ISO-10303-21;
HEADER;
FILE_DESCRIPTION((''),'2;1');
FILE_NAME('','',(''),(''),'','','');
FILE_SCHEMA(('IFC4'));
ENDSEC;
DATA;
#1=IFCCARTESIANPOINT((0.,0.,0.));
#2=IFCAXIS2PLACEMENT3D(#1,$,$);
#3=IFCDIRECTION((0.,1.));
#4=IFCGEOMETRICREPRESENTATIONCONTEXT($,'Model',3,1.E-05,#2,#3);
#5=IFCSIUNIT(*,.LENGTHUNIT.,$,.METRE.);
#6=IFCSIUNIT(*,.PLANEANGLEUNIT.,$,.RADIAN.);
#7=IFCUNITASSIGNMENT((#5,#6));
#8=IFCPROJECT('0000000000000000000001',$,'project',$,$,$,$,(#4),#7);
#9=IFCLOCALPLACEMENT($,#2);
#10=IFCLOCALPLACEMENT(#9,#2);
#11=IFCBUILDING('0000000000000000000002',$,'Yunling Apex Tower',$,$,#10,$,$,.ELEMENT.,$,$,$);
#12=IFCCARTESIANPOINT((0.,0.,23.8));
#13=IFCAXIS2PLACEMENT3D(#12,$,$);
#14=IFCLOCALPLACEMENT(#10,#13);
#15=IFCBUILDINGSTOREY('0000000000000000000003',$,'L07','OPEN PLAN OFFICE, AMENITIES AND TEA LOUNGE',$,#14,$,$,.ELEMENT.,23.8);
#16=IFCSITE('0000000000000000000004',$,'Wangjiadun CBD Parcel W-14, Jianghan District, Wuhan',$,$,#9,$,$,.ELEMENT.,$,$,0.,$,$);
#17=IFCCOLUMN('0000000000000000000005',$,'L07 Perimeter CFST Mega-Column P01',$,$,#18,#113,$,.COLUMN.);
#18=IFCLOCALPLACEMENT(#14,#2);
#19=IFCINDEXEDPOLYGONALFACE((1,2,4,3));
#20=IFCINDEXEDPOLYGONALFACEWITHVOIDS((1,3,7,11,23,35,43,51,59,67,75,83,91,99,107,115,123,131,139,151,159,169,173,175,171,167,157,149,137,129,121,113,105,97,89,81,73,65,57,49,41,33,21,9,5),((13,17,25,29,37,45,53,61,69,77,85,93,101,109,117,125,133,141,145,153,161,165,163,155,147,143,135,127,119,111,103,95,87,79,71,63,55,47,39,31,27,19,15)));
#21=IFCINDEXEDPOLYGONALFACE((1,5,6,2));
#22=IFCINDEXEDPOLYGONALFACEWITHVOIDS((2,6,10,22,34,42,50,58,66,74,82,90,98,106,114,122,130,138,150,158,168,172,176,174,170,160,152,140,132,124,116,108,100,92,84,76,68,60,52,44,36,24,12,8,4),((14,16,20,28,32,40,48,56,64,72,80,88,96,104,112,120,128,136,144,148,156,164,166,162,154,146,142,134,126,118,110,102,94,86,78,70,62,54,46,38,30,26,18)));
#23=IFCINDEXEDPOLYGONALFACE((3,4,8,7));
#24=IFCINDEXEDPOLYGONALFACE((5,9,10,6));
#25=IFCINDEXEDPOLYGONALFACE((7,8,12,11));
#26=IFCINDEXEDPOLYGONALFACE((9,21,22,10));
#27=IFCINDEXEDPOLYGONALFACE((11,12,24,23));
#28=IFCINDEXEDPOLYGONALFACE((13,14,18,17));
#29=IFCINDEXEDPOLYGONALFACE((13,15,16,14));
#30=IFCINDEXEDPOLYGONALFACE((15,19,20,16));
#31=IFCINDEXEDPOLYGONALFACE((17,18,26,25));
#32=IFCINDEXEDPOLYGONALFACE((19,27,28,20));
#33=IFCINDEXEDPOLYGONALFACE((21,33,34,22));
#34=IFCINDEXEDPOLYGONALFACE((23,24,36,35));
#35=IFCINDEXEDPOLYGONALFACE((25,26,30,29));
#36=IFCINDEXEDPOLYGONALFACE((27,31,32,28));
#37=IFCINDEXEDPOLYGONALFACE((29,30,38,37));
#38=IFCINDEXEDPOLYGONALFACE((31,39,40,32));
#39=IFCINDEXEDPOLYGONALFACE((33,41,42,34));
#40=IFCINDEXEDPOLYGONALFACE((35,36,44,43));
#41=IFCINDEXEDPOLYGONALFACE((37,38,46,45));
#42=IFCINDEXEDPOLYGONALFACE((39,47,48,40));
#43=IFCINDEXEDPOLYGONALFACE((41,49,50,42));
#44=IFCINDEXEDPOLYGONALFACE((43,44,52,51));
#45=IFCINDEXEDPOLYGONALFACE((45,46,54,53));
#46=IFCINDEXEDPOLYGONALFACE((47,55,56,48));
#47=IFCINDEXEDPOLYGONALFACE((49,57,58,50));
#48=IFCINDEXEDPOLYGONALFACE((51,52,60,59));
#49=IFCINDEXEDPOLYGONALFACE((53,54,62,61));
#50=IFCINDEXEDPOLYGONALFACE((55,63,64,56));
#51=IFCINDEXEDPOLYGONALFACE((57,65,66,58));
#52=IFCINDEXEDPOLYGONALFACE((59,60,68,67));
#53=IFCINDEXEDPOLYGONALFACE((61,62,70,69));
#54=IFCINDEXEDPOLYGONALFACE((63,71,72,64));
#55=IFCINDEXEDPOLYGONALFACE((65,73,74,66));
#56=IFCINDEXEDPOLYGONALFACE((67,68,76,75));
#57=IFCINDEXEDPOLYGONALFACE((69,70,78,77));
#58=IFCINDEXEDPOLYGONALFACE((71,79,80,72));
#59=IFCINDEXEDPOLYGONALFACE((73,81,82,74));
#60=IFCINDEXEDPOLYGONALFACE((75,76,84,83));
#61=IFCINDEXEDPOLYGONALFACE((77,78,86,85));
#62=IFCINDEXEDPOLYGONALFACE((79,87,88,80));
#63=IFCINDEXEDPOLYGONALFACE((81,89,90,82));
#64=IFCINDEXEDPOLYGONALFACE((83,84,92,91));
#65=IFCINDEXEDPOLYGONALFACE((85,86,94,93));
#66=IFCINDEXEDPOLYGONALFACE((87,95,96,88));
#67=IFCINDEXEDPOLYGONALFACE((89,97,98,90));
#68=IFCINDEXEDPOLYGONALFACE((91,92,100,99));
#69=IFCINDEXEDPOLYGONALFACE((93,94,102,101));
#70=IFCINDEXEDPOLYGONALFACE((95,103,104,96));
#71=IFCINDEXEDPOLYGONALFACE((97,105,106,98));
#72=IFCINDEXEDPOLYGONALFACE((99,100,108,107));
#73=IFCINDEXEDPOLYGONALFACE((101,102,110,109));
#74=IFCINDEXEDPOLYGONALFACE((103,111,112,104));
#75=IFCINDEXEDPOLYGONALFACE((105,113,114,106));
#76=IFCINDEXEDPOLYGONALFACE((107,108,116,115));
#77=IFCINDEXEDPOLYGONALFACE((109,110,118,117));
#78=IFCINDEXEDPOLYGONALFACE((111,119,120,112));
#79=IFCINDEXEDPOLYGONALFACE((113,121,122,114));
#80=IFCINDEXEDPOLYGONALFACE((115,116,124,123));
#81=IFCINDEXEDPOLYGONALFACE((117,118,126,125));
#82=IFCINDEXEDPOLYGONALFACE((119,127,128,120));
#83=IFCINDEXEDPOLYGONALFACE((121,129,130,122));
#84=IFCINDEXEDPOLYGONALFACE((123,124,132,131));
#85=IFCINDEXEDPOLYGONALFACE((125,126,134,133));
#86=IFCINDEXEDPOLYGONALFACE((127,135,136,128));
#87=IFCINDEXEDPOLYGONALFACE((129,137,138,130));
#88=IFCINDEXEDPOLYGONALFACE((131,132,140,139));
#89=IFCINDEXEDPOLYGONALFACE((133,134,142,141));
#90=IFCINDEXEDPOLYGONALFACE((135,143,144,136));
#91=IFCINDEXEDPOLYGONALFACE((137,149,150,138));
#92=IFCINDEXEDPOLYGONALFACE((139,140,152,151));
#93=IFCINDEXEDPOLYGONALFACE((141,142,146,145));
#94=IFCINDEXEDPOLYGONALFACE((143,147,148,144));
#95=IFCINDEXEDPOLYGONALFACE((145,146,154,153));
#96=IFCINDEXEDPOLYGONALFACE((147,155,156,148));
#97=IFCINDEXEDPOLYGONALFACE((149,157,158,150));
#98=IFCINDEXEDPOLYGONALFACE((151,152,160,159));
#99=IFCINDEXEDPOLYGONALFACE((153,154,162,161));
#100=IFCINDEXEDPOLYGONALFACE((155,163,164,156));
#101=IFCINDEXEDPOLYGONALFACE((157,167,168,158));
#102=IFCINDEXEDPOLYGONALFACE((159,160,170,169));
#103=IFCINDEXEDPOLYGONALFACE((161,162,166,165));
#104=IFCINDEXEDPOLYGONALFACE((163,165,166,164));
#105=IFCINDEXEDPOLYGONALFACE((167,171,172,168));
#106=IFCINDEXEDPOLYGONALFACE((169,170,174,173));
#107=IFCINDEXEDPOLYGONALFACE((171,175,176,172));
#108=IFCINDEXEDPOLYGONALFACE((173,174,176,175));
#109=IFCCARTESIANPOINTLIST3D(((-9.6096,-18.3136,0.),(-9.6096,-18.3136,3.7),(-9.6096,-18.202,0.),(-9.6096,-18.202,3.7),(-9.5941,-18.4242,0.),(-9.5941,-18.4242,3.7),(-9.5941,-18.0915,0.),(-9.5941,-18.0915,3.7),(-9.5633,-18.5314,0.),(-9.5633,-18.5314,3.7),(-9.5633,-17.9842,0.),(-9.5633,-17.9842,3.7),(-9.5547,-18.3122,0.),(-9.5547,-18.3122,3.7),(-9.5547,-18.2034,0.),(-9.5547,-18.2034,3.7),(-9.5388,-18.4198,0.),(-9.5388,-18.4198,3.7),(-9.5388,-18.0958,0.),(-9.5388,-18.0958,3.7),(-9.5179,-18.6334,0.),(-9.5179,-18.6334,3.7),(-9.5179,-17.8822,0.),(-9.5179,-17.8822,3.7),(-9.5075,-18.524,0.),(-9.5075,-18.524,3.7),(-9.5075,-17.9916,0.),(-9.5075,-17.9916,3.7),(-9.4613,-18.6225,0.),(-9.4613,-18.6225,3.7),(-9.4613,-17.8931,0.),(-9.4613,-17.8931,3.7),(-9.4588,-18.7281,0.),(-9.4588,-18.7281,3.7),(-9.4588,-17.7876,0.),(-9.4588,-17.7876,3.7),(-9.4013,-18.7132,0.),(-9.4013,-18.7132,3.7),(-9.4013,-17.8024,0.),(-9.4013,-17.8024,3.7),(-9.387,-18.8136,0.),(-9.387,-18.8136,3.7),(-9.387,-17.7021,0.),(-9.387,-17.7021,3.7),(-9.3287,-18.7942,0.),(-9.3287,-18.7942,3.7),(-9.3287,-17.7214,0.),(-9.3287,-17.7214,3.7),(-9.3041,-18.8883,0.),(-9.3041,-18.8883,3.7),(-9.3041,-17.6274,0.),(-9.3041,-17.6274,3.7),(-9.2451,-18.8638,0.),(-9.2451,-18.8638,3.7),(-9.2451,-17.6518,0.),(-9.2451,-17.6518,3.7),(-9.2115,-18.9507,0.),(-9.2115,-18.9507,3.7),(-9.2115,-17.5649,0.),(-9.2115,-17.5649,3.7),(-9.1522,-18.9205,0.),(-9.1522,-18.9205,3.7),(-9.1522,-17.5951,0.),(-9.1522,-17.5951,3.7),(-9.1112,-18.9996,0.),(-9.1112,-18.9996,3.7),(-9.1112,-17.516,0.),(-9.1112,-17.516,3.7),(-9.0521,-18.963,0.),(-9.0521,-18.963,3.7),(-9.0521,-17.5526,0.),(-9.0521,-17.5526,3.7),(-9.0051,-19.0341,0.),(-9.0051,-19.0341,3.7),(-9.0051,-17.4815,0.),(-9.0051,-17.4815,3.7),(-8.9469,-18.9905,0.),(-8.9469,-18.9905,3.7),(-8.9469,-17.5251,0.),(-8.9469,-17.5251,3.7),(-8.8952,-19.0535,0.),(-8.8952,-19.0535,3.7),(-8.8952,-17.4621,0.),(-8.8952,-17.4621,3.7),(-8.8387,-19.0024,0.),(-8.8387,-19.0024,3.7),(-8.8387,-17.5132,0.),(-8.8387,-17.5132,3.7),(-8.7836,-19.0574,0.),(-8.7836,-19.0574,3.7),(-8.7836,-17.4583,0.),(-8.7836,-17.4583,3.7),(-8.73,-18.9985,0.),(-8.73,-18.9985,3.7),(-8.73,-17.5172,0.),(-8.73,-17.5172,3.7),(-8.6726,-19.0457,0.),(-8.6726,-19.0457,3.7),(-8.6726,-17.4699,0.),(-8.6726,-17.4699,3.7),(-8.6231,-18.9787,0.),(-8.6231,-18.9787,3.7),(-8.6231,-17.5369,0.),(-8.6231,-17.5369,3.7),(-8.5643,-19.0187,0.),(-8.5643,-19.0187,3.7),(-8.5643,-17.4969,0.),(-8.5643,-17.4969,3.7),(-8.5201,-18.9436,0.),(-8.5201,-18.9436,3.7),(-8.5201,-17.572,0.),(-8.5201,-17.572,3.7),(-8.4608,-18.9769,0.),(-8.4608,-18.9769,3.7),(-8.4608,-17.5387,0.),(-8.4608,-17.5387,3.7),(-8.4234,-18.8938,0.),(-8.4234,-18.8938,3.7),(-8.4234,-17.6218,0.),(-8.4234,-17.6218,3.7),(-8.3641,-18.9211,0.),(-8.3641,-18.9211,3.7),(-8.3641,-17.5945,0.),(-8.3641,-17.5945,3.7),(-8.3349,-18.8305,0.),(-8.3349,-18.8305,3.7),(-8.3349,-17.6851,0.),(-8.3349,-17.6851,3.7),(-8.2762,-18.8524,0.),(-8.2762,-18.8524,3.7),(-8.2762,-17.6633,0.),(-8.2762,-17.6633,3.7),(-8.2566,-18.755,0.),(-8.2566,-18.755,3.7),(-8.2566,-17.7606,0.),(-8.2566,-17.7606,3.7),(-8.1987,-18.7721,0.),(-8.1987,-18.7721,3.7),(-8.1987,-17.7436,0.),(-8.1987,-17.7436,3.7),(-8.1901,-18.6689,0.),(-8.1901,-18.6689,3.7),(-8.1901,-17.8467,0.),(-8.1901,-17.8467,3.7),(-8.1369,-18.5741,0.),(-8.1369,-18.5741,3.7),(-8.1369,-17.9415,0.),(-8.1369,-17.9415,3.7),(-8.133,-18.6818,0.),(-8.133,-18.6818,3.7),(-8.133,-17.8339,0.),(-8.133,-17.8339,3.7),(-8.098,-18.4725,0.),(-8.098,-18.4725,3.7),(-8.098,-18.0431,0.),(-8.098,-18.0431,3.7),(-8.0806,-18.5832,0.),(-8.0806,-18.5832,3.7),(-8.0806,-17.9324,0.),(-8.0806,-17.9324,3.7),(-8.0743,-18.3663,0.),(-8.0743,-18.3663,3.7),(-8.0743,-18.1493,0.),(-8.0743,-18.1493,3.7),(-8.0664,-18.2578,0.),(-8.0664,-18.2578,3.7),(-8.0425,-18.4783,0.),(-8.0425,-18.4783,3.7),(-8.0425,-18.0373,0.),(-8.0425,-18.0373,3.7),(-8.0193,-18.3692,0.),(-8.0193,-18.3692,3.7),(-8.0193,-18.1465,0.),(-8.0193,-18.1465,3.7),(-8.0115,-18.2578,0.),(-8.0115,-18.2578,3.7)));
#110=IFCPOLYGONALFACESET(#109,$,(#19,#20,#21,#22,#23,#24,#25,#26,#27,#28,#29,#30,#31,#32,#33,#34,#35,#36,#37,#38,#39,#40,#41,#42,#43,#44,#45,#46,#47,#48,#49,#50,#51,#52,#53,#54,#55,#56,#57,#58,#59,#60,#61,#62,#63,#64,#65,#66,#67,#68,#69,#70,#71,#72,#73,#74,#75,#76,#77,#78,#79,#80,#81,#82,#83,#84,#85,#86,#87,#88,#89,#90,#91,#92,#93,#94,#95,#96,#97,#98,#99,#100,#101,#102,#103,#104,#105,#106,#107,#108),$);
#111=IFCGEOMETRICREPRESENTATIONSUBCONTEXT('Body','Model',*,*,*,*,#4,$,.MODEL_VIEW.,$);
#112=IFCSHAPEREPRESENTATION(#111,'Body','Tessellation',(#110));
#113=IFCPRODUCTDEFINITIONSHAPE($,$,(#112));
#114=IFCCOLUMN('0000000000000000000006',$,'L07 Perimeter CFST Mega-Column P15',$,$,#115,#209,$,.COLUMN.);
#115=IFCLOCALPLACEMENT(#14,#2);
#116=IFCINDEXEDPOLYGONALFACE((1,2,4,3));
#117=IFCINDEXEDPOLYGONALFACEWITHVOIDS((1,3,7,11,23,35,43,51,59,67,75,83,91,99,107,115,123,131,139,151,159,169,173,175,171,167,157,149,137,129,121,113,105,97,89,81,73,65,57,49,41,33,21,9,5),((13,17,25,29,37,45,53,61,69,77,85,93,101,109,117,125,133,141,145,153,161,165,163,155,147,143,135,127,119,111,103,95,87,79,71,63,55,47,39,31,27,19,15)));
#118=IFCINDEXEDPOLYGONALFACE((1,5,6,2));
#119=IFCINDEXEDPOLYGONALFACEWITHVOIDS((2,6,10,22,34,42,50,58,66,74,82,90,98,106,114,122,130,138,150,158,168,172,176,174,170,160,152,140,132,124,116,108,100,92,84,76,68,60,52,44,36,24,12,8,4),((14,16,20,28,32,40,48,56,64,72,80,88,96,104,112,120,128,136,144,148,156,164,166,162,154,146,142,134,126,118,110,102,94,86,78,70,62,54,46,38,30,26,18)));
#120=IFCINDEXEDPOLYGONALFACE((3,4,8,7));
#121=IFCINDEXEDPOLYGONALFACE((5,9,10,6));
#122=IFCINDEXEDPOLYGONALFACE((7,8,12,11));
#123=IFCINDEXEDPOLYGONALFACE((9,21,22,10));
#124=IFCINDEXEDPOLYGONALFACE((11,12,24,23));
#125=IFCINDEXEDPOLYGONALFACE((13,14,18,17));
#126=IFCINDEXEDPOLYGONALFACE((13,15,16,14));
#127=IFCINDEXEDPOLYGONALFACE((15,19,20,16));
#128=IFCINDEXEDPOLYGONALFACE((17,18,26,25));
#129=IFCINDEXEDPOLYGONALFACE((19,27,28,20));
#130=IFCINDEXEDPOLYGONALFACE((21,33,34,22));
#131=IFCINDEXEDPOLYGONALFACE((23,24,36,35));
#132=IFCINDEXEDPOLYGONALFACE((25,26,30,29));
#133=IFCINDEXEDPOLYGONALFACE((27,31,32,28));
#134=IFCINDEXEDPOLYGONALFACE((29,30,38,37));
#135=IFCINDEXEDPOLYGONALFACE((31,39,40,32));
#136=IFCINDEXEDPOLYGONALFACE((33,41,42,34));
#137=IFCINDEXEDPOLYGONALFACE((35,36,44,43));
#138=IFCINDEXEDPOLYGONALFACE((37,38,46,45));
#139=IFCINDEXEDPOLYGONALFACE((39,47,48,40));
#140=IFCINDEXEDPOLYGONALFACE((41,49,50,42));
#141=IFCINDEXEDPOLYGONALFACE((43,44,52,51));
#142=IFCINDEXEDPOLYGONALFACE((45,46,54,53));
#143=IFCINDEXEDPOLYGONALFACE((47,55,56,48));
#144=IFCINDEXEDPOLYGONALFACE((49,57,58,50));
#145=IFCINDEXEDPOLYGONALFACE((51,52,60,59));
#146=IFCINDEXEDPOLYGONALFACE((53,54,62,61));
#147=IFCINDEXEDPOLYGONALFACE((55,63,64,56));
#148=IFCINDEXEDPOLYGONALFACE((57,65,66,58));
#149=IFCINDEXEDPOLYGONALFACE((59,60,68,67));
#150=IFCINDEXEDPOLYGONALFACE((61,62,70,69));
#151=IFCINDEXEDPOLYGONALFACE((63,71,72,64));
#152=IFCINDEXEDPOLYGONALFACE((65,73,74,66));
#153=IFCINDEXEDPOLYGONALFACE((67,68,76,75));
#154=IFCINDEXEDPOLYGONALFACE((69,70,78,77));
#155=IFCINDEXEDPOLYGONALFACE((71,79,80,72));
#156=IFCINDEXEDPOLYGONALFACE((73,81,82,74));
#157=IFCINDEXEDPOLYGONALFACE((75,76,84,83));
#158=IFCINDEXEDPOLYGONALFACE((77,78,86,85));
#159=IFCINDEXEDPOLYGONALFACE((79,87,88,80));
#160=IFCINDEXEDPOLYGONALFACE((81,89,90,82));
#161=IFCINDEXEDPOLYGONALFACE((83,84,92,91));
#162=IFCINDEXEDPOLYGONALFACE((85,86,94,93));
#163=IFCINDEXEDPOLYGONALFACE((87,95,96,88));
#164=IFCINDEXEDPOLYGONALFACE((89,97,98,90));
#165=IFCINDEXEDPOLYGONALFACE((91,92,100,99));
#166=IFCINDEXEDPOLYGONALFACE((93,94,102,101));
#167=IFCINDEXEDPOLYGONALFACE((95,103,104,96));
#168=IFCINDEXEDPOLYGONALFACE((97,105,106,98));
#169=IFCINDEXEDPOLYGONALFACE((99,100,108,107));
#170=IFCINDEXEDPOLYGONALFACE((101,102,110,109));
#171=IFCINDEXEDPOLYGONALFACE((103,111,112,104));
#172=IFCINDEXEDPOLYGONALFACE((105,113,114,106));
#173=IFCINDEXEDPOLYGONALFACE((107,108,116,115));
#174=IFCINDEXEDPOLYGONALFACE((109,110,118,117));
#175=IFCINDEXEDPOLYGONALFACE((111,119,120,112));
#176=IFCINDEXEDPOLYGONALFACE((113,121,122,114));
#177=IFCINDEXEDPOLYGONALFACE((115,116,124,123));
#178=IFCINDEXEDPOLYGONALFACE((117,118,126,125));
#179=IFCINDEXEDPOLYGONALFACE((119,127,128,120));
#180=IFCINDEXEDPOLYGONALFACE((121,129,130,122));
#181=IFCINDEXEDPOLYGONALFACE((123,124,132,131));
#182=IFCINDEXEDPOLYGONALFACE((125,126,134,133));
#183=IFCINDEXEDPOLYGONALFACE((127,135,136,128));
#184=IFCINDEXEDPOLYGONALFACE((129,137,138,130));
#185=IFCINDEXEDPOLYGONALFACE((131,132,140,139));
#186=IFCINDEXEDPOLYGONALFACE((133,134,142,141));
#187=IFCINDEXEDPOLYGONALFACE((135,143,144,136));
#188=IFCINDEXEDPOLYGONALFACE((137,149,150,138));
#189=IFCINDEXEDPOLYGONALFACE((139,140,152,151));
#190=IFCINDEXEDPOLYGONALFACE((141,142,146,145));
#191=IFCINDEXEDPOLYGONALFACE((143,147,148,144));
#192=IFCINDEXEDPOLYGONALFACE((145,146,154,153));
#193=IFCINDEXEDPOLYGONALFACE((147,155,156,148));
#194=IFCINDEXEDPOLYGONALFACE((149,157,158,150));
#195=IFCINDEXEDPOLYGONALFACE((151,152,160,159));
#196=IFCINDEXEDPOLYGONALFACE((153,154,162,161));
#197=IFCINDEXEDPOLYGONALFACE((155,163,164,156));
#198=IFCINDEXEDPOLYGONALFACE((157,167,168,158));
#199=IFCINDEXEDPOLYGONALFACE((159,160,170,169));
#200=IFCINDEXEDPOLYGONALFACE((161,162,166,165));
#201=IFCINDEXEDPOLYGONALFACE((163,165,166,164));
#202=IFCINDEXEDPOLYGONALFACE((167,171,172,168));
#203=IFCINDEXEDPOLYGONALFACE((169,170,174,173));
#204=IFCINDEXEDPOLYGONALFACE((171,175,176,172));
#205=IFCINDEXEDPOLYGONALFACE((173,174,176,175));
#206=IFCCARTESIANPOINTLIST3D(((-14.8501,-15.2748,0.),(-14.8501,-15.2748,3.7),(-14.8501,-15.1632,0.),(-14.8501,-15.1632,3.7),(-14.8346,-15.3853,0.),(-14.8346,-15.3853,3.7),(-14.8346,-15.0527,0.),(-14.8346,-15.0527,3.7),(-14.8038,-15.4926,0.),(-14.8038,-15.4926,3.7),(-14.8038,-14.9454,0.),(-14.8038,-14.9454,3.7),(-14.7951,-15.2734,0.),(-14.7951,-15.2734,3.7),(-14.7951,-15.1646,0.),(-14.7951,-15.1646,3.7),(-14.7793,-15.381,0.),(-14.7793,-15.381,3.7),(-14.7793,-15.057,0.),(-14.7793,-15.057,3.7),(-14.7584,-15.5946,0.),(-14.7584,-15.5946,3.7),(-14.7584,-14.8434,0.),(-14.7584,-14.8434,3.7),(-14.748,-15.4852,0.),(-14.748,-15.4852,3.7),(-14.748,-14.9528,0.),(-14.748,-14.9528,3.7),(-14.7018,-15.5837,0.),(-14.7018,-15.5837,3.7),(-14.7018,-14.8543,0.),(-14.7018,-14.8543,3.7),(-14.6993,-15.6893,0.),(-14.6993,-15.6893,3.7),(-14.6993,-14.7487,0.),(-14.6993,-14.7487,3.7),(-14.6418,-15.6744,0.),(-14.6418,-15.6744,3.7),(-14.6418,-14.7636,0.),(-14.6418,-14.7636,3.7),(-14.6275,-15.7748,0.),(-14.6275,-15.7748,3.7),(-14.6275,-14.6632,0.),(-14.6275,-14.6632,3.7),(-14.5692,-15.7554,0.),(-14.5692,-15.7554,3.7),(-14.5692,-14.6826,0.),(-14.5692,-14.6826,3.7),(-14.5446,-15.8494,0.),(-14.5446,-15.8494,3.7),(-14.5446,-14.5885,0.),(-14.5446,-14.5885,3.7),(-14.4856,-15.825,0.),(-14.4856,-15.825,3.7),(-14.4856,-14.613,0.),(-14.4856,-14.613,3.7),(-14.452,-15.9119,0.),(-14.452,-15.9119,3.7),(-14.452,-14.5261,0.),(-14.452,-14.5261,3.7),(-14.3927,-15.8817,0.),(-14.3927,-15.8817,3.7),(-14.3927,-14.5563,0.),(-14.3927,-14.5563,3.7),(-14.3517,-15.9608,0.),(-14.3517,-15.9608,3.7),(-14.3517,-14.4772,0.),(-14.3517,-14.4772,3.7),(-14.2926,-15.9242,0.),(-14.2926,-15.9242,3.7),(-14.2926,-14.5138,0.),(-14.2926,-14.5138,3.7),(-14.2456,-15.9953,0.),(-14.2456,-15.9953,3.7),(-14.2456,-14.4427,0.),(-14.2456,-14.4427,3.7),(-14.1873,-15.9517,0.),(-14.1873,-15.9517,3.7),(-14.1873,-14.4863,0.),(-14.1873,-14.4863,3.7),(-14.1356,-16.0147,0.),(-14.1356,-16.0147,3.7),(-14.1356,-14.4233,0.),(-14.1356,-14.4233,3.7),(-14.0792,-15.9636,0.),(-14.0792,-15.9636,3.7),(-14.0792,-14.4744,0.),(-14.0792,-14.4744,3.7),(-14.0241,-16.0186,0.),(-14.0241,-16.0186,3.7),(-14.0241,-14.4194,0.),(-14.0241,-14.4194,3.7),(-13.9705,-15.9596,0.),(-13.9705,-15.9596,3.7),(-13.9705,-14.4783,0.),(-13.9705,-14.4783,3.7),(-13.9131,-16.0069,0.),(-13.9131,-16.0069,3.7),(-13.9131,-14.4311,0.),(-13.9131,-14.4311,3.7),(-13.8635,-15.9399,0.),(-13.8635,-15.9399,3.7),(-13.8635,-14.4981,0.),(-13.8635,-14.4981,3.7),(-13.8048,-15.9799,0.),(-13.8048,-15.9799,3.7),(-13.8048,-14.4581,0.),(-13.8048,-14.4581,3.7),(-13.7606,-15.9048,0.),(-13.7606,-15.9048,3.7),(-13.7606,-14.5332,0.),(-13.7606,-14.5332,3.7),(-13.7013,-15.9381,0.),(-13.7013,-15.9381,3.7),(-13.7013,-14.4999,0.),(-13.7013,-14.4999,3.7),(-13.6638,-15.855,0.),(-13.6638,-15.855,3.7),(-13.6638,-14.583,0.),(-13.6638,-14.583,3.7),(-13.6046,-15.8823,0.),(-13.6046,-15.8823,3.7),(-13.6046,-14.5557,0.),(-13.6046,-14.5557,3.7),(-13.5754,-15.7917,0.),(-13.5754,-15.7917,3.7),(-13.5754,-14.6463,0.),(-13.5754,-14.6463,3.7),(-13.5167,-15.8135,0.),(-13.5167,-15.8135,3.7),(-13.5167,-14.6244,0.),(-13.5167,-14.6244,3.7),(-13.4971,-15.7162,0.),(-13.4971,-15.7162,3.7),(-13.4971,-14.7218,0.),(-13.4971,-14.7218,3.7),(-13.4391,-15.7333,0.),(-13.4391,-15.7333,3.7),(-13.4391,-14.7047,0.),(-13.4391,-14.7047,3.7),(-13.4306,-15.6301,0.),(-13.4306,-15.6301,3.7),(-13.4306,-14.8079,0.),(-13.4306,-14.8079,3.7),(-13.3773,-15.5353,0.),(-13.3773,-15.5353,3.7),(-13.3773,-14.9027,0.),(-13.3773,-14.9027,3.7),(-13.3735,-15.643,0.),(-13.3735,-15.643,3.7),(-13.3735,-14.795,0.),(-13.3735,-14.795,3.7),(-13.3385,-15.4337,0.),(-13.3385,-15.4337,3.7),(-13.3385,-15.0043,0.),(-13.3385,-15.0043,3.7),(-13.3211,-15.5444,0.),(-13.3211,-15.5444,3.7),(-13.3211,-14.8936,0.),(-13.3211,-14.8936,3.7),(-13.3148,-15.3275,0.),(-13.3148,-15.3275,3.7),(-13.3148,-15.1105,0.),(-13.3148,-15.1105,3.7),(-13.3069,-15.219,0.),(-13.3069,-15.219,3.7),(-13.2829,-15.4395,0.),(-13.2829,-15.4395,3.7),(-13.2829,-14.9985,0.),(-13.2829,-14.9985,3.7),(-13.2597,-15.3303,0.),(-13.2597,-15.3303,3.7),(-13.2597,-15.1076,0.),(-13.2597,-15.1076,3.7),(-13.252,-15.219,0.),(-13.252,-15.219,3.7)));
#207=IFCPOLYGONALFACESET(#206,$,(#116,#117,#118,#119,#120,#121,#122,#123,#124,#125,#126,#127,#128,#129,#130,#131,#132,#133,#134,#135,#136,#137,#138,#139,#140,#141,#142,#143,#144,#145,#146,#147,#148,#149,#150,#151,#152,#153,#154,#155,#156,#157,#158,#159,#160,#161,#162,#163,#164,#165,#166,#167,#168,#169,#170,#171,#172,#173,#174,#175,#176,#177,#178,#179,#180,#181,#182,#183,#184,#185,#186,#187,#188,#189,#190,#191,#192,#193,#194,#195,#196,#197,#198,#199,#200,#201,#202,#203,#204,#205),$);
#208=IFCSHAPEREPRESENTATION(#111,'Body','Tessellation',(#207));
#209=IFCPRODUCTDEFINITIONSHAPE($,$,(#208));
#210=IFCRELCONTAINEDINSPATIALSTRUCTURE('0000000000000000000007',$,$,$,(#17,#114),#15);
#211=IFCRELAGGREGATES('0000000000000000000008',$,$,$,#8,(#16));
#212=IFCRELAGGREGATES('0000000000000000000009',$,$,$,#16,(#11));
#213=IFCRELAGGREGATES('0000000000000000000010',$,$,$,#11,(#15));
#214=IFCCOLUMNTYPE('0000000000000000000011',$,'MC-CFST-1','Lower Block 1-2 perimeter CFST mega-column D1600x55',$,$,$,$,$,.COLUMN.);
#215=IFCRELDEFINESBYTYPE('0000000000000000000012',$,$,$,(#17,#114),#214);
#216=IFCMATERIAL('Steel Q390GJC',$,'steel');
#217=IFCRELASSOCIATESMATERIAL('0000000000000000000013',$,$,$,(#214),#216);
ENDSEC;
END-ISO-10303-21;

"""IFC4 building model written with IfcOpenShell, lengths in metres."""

from ifc_helpers import new_model, si_unit, direction, frame, origin, origin_2d, place, context, subcontext, project, spatial, hollow_circle, extrude, source, transform, mapped, material, material_profile, profile_set, type_object, element, save


model = new_model("IFC4")

# Units and contexts
model_context = context("Model", 3, precision=1e-05, world=origin(), true_north=direction((0.0, 1.0)))
body_context = subcontext(model_context, "Body", "Model", "MODEL_VIEW")
ifc_project = project(units=[si_unit("LENGTHUNIT", "METRE"), si_unit("PLANEANGLEUNIT", "RADIAN")], contexts=[model_context])

# Site, building, storey
site_placement = place(None, origin())
site = spatial("IfcSite", under=ifc_project, at=site_placement, Name="Wangjiadun CBD Parcel W-14, Jianghan District, Wuhan", CompositionType="ELEMENT", RefElevation=0.0)
building_placement = place(site_placement, origin())
building = spatial("IfcBuilding", under=site, at=building_placement, Name="Yunling Apex Tower", CompositionType="ELEMENT")
storey_placement = place(building_placement, frame((0.0, 0.0, 23.8)))
storey = spatial("IfcBuildingStorey", under=building, at=storey_placement, Name="L07", Description="OPEN PLAN OFFICE, AMENITIES AND TEA LOUNGE", CompositionType="ELEMENT", Elevation=23.8)

# Columns
ifc_material_1 = material(Name="Steel Q390GJC", Category="steel")
ifc_material_profile_1 = material_profile(ifc_material_1, hollow_circle(Radius=0.8, WallThickness=0.0549, at=origin_2d()))
ifc_profile_set_1 = profile_set([ifc_material_profile_1], Name="Steel Q390GJC")
column_type = type_object("IfcColumnType", Name="MC-CFST-1", Description="Lower Block 1-2 perimeter CFST mega-column D1600x55", PredefinedType="COLUMN", material=ifc_profile_set_1)
shared_shape_1 = source(origin(), body_context, "Body", "SweptSolid", [
    extrude(hollow_circle(Radius=0.8, WallThickness=0.0549, at=origin_2d()), origin(), (0.0, 0.0, 1.0), 3.7),
])
for number, where, z_axis, x_axis, name in (
    (1, (-8.8115, -18.2578, 0.0), (0.0, 0.0, 1.0), (1.0, 0.0, 0.0), "L07 Perimeter CFST Mega-Column P01"),
    (2, (-14.052, -15.219, 0.0), (0.0, 0.0, 1.0), (1.0, 0.0, 0.0), "L07 Perimeter CFST Mega-Column P15"),
):
    element("IfcColumn", number, at=place(storey_placement, frame(where, z_axis=z_axis, x_axis=x_axis)), inside=storey, type_object=column_type, Name=name, PredefinedType="COLUMN", context=body_context, shape_type="MappedRepresentation", body=[
        mapped(shared_shape_1, transform((0.0, 0.0, 0.0), scale=1.0)),
    ])

save(model, "model.ifc")
